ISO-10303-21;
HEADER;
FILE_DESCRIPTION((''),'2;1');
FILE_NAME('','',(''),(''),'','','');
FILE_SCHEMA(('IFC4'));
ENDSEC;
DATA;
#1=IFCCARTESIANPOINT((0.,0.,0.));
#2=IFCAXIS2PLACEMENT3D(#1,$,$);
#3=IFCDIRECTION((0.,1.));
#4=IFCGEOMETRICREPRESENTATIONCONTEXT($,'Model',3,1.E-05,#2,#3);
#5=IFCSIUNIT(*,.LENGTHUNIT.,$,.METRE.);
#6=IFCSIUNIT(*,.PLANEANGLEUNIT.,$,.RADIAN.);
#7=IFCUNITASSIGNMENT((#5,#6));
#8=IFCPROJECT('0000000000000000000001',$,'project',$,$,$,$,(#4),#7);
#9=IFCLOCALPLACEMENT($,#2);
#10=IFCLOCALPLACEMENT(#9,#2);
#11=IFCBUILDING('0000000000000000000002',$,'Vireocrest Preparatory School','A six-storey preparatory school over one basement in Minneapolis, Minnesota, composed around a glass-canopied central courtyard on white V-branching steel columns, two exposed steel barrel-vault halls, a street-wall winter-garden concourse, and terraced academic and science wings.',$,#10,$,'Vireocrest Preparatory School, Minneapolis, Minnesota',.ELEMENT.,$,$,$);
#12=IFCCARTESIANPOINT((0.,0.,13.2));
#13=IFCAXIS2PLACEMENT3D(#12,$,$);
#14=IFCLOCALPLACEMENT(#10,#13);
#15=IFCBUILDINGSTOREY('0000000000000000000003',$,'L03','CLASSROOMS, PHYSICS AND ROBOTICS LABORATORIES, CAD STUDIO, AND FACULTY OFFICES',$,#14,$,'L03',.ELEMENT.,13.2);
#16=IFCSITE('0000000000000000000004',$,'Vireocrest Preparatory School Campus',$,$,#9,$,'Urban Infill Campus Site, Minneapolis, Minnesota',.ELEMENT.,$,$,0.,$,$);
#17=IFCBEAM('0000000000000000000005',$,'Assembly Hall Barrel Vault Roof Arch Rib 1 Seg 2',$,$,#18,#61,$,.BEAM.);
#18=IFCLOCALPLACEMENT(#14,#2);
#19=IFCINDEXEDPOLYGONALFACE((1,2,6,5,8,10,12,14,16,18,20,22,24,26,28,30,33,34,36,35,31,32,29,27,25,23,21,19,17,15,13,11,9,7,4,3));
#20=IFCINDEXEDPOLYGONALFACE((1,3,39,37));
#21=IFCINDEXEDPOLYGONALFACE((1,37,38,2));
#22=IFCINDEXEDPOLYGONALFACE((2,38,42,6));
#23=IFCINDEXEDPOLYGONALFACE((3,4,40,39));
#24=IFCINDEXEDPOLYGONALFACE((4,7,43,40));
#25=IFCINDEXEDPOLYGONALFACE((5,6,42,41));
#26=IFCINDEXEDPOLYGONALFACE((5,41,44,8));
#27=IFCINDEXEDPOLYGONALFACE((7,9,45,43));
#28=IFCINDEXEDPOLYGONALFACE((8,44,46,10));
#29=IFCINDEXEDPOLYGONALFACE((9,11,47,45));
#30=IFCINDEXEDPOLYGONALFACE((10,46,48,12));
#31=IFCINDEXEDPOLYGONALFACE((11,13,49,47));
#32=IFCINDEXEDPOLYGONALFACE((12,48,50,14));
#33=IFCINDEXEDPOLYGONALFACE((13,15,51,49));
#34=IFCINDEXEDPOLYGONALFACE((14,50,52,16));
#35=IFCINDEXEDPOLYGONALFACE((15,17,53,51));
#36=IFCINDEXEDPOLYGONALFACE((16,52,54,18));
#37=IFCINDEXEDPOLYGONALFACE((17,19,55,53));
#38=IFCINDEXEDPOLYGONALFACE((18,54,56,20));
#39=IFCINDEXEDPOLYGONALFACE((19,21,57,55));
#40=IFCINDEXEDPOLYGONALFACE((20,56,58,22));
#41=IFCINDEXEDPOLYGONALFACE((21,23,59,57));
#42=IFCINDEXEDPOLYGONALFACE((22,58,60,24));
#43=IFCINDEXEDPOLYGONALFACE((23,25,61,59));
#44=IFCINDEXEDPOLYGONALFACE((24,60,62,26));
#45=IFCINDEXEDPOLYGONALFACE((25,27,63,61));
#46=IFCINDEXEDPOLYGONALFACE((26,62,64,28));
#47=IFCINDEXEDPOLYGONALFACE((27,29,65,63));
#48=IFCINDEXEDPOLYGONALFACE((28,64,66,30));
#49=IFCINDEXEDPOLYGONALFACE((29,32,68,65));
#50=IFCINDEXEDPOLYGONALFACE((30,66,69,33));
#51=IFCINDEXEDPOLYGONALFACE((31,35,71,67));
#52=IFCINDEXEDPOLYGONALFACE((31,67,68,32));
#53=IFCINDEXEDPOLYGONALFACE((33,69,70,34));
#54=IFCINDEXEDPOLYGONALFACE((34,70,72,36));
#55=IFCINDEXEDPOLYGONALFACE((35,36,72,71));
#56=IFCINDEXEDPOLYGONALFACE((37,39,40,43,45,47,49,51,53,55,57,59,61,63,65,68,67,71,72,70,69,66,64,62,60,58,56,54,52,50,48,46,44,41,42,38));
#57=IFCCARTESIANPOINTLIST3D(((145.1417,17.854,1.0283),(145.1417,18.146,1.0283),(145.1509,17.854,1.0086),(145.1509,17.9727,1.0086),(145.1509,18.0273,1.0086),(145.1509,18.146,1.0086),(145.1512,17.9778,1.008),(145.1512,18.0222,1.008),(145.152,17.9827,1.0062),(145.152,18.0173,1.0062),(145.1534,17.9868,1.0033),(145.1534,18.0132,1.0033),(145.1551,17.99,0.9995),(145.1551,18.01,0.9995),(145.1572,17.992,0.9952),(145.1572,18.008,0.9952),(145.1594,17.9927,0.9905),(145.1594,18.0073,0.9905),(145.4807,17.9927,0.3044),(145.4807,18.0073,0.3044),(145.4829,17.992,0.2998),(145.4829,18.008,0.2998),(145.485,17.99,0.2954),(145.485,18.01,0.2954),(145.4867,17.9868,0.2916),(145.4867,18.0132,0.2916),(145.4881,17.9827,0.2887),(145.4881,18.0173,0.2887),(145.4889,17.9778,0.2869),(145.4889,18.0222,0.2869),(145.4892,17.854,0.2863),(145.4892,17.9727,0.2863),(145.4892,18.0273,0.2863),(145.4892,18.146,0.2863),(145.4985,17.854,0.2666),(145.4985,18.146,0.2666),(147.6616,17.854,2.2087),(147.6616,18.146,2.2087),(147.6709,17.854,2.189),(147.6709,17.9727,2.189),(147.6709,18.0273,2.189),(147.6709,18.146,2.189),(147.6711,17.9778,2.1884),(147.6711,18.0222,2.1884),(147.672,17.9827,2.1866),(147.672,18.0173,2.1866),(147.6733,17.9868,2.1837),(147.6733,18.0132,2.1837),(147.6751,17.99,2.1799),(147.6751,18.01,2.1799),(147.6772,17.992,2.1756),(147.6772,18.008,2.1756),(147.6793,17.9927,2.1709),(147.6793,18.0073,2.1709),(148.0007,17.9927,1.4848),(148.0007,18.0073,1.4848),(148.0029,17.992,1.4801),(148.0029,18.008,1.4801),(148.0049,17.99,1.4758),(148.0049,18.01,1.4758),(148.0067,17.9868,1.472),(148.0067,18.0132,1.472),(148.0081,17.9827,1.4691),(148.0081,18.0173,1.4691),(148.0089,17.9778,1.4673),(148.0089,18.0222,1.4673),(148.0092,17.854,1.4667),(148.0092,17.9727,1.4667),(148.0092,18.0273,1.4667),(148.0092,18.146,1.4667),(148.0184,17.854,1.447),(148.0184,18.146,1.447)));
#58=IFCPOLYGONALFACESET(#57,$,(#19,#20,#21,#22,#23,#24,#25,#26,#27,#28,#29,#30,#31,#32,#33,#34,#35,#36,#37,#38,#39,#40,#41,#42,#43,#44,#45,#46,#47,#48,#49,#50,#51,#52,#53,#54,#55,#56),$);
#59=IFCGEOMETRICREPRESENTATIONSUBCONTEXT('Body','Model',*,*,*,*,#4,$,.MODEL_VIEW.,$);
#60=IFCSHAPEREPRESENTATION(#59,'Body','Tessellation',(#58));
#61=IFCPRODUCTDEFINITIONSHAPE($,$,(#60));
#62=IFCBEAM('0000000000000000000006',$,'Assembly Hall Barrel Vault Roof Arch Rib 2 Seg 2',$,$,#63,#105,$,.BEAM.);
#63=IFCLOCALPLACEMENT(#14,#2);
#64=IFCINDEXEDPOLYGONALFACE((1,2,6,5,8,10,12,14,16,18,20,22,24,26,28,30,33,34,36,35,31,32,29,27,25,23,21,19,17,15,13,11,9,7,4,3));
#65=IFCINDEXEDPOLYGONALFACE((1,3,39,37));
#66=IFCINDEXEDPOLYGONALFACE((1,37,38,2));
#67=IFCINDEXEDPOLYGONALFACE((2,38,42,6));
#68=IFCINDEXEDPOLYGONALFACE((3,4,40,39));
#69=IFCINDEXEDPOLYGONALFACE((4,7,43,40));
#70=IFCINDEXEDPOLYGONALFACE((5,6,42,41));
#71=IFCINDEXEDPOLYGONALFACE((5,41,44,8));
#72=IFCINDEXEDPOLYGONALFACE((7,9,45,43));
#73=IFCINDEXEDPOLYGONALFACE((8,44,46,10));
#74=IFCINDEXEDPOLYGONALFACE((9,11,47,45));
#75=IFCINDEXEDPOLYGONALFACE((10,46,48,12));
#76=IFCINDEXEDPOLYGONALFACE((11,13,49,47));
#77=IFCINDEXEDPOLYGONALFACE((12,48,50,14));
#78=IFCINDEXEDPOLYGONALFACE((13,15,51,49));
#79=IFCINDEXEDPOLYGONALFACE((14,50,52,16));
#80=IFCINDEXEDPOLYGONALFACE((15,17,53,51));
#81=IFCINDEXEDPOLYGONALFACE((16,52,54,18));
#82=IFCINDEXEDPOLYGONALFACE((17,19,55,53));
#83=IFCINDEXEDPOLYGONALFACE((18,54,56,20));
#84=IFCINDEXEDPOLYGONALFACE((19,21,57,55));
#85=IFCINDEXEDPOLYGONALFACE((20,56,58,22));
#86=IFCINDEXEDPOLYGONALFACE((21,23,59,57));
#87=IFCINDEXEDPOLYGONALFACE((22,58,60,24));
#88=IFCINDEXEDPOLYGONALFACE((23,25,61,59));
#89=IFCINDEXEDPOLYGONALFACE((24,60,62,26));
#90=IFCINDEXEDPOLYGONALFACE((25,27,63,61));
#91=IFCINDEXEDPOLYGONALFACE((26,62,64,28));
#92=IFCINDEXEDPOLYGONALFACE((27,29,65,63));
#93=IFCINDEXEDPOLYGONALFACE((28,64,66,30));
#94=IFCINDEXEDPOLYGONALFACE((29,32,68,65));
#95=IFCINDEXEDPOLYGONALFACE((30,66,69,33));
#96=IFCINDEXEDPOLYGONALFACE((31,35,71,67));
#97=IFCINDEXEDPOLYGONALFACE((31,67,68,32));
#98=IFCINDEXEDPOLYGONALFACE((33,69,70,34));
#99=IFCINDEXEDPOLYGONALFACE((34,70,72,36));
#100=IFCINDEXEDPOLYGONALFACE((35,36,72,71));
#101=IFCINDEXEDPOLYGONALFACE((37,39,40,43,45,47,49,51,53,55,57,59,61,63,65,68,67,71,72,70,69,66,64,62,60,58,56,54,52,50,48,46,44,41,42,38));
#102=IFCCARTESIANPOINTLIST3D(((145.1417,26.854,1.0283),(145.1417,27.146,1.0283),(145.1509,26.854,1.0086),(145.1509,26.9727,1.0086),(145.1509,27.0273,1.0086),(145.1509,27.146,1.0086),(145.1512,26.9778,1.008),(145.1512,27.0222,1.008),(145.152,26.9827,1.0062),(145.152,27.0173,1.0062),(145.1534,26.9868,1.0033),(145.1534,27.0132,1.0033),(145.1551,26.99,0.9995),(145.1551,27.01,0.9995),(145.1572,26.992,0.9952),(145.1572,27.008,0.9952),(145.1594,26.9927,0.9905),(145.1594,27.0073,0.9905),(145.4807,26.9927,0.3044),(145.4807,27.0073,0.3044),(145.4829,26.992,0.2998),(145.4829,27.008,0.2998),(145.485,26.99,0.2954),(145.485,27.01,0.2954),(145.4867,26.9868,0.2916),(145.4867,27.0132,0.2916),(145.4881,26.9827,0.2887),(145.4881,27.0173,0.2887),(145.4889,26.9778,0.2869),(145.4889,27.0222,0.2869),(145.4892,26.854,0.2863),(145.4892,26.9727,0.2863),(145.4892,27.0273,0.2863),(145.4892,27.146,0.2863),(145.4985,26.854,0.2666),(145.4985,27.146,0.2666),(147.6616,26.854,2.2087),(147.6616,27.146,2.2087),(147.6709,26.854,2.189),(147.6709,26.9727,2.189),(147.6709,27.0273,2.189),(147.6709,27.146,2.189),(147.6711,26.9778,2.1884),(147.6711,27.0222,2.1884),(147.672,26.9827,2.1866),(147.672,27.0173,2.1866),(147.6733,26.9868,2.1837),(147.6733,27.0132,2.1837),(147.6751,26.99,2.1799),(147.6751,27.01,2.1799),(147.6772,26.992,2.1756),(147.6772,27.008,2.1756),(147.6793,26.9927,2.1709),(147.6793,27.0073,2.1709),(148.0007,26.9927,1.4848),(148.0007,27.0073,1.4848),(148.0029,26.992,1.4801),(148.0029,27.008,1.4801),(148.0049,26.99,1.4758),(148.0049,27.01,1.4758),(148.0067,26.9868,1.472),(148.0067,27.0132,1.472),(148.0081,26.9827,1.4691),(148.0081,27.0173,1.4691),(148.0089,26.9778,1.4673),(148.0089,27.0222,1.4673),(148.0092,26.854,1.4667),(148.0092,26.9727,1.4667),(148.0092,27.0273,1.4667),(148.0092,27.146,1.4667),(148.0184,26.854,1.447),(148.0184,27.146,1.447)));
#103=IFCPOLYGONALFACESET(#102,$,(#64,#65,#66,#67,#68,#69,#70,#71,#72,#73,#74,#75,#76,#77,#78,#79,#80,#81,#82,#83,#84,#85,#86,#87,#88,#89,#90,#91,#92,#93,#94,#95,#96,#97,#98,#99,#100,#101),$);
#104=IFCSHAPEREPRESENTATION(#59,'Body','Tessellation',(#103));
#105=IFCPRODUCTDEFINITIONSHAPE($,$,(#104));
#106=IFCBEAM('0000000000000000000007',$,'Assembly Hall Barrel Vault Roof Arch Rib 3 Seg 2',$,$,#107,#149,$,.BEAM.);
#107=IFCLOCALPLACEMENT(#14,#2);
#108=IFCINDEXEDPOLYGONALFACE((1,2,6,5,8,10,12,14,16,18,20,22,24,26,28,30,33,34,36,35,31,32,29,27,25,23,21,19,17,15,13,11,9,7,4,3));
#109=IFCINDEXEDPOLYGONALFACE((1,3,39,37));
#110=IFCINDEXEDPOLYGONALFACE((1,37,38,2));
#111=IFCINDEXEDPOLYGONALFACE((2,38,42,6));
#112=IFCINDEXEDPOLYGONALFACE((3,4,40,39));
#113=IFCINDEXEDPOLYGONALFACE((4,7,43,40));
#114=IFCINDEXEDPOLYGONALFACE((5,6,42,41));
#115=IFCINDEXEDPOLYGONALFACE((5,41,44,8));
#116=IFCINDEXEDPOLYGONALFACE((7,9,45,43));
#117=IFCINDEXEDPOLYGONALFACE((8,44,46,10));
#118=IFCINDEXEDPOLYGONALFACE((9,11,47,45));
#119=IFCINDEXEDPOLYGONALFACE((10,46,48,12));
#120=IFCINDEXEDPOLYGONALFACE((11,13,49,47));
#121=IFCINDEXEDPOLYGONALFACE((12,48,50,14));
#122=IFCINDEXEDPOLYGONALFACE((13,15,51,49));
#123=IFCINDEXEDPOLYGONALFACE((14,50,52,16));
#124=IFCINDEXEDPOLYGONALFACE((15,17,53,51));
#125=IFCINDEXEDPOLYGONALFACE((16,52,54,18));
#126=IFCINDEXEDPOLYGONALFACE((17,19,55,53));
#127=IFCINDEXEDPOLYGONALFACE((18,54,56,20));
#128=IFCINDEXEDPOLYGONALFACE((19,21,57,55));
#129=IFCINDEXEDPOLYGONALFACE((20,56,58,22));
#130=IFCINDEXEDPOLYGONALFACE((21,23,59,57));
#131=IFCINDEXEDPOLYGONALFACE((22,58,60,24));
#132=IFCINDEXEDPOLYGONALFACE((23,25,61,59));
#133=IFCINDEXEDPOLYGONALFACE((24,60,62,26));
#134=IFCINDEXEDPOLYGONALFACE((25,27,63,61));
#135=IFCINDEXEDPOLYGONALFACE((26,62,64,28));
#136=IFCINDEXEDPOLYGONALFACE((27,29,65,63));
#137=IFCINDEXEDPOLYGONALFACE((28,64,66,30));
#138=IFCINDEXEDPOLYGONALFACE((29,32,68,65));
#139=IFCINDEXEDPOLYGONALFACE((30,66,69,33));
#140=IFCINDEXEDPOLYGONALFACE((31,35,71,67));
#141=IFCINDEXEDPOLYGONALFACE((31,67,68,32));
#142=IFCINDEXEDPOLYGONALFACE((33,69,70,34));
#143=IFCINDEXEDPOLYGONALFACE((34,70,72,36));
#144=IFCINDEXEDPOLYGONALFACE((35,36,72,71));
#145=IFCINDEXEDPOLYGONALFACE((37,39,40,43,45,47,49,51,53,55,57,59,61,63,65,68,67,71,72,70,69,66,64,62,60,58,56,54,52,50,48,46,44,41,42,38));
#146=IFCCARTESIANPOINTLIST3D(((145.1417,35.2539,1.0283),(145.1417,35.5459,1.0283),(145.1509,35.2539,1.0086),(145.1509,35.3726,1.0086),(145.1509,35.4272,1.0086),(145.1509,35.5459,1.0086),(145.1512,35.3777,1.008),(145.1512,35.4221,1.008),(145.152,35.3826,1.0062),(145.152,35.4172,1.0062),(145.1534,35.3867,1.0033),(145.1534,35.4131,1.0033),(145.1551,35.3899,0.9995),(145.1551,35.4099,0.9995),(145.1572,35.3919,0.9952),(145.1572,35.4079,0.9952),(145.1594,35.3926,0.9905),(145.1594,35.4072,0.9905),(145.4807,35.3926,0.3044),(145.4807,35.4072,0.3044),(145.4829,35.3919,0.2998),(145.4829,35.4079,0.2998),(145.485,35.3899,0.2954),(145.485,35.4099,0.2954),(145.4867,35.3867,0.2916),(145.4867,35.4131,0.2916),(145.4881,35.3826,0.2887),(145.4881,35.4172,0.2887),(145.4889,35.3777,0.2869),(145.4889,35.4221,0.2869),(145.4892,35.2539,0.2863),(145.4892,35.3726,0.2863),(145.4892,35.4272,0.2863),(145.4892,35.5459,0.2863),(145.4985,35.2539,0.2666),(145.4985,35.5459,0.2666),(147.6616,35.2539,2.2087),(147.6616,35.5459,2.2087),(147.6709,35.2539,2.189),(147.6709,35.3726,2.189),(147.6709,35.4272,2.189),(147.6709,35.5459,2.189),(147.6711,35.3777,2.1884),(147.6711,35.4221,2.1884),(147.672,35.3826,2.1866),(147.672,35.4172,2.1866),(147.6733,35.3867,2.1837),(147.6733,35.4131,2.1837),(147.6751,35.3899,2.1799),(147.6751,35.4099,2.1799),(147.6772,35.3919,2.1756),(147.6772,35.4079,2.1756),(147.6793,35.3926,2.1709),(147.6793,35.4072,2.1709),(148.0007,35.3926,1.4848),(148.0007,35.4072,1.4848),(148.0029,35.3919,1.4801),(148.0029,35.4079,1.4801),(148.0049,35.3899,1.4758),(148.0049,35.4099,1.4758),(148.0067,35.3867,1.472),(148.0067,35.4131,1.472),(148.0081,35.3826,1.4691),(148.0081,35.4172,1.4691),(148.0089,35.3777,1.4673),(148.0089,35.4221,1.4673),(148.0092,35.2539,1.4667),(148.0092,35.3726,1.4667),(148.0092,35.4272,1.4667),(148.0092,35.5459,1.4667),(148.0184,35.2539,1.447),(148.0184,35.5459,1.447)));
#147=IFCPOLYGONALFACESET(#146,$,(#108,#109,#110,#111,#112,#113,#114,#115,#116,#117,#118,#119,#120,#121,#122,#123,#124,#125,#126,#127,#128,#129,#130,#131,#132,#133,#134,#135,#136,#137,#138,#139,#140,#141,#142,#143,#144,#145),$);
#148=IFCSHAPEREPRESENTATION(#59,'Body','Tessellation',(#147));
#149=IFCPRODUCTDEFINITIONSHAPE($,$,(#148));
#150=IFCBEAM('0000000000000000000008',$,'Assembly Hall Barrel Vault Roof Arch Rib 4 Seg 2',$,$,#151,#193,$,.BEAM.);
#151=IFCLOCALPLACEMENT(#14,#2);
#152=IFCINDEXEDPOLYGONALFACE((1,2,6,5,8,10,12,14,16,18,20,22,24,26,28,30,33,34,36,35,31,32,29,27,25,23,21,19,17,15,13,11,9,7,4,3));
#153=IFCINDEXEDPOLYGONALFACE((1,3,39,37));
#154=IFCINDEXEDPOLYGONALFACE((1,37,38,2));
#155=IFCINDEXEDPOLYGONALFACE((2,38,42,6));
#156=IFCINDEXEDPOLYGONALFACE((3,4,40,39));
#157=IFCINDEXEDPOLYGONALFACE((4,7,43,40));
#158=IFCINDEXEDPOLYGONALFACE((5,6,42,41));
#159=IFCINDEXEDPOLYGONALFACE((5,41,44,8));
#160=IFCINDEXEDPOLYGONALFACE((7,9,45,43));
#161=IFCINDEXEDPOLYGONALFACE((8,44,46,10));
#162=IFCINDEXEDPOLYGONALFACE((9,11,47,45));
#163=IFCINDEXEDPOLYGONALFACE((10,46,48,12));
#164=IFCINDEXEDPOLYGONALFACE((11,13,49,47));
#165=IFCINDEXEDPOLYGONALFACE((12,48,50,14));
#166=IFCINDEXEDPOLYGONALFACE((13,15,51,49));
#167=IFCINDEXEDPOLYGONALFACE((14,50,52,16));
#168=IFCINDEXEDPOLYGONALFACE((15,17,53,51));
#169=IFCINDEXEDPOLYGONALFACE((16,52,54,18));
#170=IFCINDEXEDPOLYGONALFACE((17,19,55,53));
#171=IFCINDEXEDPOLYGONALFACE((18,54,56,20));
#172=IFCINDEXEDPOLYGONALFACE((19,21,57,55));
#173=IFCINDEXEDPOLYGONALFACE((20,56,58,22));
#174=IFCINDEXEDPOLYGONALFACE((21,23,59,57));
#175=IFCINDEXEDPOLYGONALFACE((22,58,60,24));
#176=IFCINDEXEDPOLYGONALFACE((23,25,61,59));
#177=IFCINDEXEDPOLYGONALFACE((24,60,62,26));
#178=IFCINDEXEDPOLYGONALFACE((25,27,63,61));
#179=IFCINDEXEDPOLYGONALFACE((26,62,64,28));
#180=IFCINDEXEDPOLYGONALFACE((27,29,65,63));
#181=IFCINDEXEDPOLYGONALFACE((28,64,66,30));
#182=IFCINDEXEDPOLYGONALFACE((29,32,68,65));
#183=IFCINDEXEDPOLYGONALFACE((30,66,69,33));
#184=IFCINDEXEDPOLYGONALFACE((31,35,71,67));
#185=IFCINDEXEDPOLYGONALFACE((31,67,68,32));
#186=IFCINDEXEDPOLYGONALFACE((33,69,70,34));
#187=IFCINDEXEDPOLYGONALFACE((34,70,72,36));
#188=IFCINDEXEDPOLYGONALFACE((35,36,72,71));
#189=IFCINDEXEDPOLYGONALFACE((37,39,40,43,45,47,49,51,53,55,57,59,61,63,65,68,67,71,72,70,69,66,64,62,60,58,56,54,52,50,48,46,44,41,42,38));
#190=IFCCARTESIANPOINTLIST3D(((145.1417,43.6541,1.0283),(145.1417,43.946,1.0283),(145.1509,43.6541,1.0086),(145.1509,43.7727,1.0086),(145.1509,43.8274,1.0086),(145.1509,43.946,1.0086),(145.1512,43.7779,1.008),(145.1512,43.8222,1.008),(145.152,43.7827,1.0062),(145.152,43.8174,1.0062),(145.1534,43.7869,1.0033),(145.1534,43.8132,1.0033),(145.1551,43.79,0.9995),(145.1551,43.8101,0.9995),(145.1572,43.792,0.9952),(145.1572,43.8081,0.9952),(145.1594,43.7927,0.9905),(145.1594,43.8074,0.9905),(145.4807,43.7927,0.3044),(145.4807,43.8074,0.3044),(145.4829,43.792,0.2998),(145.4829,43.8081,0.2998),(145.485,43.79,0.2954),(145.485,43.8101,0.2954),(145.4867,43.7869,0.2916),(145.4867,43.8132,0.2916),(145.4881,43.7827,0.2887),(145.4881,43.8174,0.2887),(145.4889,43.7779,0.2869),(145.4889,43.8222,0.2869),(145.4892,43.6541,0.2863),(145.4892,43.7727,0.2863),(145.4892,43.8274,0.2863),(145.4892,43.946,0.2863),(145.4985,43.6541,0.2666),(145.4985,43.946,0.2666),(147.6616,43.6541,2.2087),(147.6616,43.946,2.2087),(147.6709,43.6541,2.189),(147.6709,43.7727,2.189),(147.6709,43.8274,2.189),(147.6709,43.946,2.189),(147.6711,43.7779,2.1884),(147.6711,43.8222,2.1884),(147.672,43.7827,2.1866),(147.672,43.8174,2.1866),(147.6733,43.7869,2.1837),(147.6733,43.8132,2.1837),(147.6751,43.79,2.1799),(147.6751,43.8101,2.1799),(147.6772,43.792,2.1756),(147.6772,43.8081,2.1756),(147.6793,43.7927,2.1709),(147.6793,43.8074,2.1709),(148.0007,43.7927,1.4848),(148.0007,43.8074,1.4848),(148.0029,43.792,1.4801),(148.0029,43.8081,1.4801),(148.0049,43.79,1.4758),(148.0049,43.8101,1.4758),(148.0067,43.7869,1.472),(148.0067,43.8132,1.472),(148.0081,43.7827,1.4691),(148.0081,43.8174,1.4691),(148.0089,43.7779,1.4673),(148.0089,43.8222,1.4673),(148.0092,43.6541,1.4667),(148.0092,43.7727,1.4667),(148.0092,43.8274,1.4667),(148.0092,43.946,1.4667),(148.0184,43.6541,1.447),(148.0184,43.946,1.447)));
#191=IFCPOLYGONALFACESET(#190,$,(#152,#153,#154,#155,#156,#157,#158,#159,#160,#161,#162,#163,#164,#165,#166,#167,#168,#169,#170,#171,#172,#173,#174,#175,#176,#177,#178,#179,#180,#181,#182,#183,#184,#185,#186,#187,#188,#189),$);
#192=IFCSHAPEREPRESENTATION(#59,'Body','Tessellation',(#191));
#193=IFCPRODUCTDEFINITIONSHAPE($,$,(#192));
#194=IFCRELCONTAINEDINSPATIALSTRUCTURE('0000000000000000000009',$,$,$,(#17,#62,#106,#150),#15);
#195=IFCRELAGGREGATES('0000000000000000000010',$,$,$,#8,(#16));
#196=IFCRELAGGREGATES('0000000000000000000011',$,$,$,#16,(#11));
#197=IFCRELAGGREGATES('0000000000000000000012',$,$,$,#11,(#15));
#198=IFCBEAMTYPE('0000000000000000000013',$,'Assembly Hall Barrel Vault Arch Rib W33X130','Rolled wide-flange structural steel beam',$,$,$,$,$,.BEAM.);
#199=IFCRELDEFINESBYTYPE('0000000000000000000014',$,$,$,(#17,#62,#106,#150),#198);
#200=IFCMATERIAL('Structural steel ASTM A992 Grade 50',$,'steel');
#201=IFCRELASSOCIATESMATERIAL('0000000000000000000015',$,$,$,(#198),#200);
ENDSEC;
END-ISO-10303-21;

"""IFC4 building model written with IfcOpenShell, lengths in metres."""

from ifc_helpers import new_model, si_unit, direction, frame, origin, origin_2d, place, context, subcontext, project, spatial, i_section, extrude, material, material_profile, profile_set, type_object, element, save


model = new_model("IFC4")

# Units and contexts
model_context = context("Model", 3, precision=1e-05, world=origin(), true_north=direction((0.0, 1.0)))
body_context = subcontext(model_context, "Body", "Model", "MODEL_VIEW")
ifc_project = project(units=[si_unit("LENGTHUNIT", "METRE"), si_unit("PLANEANGLEUNIT", "RADIAN")], contexts=[model_context])

# Site, building, storey
site_placement = place(None, origin())
site = spatial("IfcSite", under=ifc_project, at=site_placement, Name="Vireocrest Preparatory School Campus", LongName="Urban Infill Campus Site, Minneapolis, Minnesota", CompositionType="ELEMENT", RefElevation=0.0)
building_placement = place(site_placement, origin())
building = spatial("IfcBuilding", under=site, at=building_placement, Name="Vireocrest Preparatory School", Description="A six-storey preparatory school over one basement in Minneapolis, Minnesota, composed around a glass-canopied central courtyard on white V-branching steel columns, two exposed steel barrel-vault halls, a street-wall winter-garden concourse, and terraced academic and science wings.", LongName="Vireocrest Preparatory School, Minneapolis, Minnesota", CompositionType="ELEMENT")
storey_placement = place(building_placement, frame((0.0, 0.0, 13.2)))
storey = spatial("IfcBuildingStorey", under=building, at=storey_placement, Name="L03", Description="CLASSROOMS, PHYSICS AND ROBOTICS LABORATORIES, CAD STUDIO, AND FACULTY OFFICES", LongName="L03", CompositionType="ELEMENT", Elevation=13.2)

# Beams
ifc_material_1 = material(Name="Structural steel ASTM A992 Grade 50", Category="steel")
ifc_material_profile_1 = material_profile(ifc_material_1, i_section(OverallWidth=0.292, OverallDepth=0.8411, WebThickness=0.0146, FlangeThickness=0.0217, FilletRadius=0.02, at=origin_2d()), Name="W33X130")
ifc_profile_set_1 = profile_set([ifc_material_profile_1], Name="Structural steel ASTM A992 Grade 50")
beam_type_1 = type_object("IfcBeamType", Name="Assembly Hall Barrel Vault Arch Rib W33X130", Description="Rolled wide-flange structural steel beam", PredefinedType="BEAM", material=ifc_profile_set_1)
for number, where, z_axis, x_axis, name in (
    (1, (145.3201, 18.0, 0.6475), (0.905575, 0.0, 0.424187), (0.0, 1.0, 0.0), "Assembly Hall Barrel Vault Roof Arch Rib 1 Seg 2"),
    (2, (145.3201, 27.0, 0.6475), (0.905575, 0.0, 0.424187), (0.0, 1.0, 0.0), "Assembly Hall Barrel Vault Roof Arch Rib 2 Seg 2"),
    (3, (145.3201, 35.3999, 0.6475), (0.905575, 0.0, 0.424187), (0.0, 1.0, 0.0), "Assembly Hall Barrel Vault Roof Arch Rib 3 Seg 2"),
    (4, (145.3201, 43.8, 0.6475), (0.905575, 0.0, 0.424187), (0.0, 1.0, 0.0), "Assembly Hall Barrel Vault Roof Arch Rib 4 Seg 2"),
):
    element("IfcBeam", number, at=place(storey_placement, frame(where, z_axis=z_axis, x_axis=x_axis)), inside=storey, type_object=beam_type_1, Name=name, PredefinedType="BEAM", context=body_context, shape_type="SweptSolid", body=[
        extrude(i_section(OverallWidth=0.292, OverallDepth=0.8411, WebThickness=0.0146, FlangeThickness=0.0217, FilletRadius=0.02, at=origin_2d()), origin(), (0.0, 0.0, 1.0), 2.7827),
    ])

save(model, "model.ifc")
